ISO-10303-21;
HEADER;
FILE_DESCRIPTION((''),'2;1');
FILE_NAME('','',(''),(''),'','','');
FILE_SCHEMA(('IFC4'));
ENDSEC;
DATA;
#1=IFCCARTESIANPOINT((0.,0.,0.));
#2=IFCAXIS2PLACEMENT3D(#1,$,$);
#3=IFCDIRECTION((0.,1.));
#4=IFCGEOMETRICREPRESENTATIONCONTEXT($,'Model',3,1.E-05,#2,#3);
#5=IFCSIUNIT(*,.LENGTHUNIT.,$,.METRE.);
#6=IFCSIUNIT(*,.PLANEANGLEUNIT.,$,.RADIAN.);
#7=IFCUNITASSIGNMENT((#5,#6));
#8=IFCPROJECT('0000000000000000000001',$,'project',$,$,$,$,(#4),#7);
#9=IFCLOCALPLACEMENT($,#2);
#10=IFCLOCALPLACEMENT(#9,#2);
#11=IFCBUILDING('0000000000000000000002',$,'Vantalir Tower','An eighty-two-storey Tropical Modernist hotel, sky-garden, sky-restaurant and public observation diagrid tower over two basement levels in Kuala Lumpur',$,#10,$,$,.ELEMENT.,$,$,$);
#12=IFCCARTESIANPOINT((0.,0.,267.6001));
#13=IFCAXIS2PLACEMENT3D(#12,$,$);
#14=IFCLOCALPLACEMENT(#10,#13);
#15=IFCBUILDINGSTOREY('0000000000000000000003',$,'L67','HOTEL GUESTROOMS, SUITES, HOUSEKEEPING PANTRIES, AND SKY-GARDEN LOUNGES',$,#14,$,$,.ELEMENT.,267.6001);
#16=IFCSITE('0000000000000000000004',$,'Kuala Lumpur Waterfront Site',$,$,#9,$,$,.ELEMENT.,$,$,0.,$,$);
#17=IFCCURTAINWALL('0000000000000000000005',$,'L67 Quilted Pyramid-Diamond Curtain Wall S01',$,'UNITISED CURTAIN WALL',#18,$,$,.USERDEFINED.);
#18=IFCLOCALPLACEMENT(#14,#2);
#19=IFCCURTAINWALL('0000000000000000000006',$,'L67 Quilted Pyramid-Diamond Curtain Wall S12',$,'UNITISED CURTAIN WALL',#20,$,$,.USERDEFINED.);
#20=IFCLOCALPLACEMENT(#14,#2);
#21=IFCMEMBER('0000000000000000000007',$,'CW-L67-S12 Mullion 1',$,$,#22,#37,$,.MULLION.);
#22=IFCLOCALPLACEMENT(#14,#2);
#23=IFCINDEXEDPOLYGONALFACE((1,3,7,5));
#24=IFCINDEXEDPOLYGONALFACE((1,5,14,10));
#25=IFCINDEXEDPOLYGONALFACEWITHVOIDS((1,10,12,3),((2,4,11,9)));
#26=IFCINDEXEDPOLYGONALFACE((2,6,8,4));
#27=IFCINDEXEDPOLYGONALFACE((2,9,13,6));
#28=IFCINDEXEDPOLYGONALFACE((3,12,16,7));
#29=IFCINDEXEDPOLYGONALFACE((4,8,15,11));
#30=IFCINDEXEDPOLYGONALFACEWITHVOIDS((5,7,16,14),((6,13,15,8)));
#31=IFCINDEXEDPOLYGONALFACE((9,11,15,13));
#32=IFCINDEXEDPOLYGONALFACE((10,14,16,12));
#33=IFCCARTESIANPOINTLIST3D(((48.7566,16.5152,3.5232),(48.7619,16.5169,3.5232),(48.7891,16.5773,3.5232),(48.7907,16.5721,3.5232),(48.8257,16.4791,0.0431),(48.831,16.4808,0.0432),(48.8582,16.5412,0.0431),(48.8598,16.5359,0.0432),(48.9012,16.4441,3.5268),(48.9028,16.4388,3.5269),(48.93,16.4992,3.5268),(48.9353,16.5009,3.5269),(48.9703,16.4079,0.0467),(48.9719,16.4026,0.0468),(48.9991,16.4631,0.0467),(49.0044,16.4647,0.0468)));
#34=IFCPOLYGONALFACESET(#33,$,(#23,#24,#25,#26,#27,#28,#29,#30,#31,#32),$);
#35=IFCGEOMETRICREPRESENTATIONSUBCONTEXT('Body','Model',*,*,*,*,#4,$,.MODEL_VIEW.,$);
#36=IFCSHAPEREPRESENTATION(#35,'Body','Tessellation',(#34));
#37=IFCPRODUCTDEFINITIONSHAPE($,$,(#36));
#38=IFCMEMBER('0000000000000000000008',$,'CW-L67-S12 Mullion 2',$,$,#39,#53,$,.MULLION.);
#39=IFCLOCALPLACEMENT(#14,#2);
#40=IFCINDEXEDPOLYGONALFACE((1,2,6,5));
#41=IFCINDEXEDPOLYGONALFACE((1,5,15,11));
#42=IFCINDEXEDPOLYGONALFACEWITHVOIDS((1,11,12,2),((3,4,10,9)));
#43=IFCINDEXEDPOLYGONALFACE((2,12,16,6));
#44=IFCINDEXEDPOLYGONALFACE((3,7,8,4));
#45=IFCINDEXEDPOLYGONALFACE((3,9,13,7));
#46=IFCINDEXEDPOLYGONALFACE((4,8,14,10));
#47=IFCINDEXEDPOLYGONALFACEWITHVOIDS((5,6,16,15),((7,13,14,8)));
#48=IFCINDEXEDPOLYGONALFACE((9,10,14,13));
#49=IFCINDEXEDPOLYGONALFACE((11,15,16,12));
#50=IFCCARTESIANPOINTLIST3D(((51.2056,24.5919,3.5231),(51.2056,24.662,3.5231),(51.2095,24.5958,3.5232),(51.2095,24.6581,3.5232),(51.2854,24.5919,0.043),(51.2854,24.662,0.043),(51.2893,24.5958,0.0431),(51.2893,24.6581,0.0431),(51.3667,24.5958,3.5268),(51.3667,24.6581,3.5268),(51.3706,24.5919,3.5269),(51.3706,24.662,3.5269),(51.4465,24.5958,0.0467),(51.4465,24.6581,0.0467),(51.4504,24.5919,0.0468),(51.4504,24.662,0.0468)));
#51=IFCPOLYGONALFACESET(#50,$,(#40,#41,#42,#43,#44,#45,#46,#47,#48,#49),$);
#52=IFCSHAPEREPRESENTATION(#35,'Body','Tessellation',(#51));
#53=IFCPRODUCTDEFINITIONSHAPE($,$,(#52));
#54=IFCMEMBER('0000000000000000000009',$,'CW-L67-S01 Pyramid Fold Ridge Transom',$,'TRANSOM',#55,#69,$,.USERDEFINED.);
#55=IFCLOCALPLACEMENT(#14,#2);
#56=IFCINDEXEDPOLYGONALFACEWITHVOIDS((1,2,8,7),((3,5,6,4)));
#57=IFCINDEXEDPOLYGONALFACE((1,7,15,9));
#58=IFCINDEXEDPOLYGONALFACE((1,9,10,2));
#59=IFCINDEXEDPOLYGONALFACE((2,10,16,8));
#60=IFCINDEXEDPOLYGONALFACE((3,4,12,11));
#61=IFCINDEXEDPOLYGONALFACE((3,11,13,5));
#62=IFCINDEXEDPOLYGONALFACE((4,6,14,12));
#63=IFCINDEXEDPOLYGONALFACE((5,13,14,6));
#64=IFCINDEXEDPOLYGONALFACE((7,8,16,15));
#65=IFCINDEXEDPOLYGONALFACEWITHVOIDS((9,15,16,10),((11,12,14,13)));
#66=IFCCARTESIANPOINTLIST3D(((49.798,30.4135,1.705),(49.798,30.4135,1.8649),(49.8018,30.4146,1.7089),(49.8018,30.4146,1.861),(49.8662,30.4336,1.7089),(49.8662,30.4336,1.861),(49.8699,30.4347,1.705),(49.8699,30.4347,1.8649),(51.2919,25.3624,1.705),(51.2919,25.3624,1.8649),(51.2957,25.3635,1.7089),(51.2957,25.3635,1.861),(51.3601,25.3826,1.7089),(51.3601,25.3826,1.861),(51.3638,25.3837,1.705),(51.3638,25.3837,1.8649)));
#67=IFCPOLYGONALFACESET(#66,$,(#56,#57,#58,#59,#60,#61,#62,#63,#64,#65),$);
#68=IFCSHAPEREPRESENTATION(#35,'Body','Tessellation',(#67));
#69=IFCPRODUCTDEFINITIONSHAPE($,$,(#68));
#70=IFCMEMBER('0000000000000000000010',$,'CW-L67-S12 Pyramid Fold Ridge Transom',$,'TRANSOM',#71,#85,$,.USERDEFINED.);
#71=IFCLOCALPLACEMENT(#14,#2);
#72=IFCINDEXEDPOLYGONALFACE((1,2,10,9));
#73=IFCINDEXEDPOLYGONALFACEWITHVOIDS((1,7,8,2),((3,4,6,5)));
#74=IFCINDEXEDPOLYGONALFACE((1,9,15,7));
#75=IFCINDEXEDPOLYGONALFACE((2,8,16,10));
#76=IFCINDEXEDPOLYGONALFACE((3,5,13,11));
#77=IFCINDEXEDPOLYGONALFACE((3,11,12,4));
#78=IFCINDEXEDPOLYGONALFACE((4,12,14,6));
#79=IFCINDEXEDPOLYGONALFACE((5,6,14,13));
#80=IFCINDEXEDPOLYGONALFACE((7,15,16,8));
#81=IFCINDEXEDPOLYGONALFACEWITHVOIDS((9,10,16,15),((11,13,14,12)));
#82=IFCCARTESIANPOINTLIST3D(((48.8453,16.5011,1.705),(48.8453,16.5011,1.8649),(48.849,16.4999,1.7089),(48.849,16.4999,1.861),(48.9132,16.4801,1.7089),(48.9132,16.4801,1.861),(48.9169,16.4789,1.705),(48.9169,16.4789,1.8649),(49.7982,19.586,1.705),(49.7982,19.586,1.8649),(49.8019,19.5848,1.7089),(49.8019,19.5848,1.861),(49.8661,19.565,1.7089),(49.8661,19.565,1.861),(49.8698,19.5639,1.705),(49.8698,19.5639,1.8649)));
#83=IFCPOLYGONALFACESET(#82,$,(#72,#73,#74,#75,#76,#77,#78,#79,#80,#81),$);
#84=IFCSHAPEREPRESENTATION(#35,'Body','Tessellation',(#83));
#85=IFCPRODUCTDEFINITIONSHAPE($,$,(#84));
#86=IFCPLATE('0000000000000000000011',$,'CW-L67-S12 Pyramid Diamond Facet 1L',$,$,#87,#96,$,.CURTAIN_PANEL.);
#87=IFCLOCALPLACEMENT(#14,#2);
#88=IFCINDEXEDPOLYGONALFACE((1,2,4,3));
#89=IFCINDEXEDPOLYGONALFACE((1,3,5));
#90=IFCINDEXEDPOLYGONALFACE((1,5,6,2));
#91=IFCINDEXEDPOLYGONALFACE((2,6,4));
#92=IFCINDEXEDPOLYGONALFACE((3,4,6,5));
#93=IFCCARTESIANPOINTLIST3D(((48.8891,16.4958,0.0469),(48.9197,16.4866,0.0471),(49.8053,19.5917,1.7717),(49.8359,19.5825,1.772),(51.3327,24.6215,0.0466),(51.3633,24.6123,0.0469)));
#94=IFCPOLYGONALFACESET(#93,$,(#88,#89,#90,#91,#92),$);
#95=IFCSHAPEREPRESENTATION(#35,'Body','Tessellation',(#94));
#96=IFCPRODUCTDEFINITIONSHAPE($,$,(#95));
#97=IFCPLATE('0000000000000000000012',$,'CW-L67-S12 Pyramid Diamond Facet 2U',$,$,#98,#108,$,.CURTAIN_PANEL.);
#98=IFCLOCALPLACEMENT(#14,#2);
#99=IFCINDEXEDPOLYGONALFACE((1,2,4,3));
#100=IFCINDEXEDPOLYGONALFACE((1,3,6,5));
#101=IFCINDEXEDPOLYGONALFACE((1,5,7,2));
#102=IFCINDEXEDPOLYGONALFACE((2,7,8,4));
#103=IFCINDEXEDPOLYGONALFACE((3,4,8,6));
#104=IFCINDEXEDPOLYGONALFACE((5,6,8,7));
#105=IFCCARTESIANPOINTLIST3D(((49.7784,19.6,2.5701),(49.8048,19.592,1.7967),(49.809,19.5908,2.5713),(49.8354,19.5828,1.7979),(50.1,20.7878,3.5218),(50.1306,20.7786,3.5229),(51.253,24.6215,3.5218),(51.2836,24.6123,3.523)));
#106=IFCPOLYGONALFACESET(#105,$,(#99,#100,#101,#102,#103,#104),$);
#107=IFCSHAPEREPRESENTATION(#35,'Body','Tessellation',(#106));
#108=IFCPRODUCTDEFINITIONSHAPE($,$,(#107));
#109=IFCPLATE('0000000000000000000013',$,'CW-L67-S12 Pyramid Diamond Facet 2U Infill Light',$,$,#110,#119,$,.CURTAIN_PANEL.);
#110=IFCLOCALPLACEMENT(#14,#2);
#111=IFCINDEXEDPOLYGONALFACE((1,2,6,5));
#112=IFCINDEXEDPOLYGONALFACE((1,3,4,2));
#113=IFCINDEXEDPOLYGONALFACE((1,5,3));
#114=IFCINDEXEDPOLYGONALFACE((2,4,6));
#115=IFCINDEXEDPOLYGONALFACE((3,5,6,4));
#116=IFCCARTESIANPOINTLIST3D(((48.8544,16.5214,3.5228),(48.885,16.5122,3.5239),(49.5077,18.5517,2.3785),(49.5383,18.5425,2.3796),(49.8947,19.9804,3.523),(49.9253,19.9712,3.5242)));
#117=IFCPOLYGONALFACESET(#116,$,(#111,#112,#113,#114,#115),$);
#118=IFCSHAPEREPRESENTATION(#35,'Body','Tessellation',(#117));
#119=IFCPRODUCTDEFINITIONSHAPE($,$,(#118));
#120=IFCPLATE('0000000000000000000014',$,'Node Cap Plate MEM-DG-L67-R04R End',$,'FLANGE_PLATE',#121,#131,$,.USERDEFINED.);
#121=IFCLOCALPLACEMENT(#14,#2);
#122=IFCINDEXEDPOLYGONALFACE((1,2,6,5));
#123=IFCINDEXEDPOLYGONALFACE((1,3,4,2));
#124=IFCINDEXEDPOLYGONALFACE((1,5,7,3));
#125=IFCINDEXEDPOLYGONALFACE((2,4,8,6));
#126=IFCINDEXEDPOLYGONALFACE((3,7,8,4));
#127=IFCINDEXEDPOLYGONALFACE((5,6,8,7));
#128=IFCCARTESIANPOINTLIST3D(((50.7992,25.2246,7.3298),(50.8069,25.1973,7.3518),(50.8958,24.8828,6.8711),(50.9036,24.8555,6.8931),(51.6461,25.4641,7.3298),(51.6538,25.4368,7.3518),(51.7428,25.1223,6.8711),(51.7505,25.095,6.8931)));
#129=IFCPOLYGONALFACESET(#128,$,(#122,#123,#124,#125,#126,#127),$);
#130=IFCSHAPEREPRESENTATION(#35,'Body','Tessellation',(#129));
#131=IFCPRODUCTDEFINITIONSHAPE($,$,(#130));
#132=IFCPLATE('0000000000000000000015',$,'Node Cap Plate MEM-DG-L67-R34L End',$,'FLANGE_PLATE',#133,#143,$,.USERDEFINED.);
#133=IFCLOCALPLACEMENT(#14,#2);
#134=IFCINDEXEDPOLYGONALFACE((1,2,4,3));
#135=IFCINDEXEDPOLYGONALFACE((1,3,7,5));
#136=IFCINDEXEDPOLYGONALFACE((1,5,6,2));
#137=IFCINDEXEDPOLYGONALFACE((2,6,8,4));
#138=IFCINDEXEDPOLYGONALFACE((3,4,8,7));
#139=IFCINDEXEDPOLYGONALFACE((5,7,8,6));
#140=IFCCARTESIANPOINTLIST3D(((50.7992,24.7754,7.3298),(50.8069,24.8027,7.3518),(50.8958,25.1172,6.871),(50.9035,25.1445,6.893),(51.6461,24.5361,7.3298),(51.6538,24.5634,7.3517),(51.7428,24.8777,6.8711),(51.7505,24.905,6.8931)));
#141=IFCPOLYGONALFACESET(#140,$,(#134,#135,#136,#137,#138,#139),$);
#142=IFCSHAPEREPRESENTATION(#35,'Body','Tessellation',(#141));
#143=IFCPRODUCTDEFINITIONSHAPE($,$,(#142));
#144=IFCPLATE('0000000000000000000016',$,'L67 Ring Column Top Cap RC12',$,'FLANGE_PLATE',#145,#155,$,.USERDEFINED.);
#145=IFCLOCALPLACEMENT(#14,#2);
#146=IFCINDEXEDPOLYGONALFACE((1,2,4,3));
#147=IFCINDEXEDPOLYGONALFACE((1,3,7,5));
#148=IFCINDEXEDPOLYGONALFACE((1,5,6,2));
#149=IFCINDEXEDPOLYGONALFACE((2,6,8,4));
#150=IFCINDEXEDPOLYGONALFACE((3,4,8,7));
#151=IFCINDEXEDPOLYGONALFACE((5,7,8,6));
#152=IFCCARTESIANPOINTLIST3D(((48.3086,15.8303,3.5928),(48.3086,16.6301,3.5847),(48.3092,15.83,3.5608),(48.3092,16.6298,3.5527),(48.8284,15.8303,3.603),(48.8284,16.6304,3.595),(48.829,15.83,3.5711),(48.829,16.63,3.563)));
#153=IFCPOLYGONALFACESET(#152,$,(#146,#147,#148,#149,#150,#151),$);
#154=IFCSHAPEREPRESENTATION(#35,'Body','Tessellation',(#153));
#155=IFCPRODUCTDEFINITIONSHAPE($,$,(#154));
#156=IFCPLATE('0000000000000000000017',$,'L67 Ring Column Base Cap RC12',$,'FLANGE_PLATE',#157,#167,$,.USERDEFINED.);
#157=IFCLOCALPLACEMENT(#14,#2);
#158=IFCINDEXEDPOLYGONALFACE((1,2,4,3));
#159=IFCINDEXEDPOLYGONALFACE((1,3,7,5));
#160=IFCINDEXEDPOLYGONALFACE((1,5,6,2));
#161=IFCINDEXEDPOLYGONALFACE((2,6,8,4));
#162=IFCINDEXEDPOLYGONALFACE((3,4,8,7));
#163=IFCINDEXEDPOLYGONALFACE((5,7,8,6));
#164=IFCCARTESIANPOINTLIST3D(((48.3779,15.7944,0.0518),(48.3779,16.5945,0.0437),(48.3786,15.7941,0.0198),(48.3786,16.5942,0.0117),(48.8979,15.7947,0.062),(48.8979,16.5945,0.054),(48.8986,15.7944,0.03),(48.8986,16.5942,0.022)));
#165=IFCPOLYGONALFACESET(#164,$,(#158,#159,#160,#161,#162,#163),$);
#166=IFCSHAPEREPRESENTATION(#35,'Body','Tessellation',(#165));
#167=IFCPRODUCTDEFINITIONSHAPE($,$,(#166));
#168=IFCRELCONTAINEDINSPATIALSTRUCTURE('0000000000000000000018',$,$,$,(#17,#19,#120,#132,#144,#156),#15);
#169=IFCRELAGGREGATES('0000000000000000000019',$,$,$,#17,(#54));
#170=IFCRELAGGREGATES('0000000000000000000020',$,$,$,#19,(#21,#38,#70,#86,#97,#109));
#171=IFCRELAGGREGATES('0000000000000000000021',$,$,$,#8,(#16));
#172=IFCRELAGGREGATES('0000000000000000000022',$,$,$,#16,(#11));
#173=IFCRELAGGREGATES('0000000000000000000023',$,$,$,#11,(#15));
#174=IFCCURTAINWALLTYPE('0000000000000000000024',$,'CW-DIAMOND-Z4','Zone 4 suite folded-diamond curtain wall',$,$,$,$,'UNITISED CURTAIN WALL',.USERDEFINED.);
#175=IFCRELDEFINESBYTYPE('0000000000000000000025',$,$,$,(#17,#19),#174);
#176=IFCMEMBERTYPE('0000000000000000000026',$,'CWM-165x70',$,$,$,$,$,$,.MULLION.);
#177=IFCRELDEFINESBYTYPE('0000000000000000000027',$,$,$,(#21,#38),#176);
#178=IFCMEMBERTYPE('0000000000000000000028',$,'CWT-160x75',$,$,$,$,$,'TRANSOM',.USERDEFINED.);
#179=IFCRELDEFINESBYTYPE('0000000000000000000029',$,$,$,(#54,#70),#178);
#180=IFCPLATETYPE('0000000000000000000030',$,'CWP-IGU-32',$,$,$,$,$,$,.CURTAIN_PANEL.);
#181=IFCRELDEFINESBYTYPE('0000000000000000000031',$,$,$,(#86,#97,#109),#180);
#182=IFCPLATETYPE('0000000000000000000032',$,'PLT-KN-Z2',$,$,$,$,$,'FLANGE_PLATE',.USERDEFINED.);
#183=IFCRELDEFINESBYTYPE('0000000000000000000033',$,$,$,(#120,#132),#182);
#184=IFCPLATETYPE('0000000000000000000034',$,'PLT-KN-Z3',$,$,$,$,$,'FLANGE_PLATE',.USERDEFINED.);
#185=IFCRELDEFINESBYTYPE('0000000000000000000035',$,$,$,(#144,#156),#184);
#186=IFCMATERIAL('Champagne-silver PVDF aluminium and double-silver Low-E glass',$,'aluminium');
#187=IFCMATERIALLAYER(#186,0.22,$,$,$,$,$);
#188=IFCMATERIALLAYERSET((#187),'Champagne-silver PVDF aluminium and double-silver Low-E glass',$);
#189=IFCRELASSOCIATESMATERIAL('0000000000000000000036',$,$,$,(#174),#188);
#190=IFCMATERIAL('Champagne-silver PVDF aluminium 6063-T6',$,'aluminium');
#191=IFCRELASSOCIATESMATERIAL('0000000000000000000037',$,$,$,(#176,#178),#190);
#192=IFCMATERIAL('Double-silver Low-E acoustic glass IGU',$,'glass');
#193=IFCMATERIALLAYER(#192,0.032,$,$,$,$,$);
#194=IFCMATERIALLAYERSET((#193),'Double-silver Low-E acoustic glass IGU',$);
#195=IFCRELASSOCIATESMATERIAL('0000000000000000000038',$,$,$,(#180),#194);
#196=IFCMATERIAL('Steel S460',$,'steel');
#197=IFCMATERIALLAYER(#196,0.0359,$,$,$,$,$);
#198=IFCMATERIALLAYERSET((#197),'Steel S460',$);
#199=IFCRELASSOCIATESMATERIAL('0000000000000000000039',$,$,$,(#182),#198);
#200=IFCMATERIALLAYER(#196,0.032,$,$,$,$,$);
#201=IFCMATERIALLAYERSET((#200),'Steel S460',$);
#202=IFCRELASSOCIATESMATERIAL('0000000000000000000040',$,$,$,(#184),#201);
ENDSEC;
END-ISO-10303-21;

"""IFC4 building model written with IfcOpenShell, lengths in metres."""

from ifc_helpers import new_model, si_unit, direction, frame, origin, origin_2d, place, context, subcontext, project, spatial, polyline, hollow_rectangle, outline, extrude, material, layer, layer_set, material_profile, profile_set, type_object, element, aggregate, save


model = new_model("IFC4")

# Units and contexts
model_context = context("Model", 3, precision=1e-05, world=origin(), true_north=direction((0.0, 1.0)))
body_context = subcontext(model_context, "Body", "Model", "MODEL_VIEW")
ifc_project = project(units=[si_unit("LENGTHUNIT", "METRE"), si_unit("PLANEANGLEUNIT", "RADIAN")], contexts=[model_context])

# Site, building, storey
site_placement = place(None, origin())
site = spatial("IfcSite", under=ifc_project, at=site_placement, Name="Kuala Lumpur Waterfront Site", CompositionType="ELEMENT", RefElevation=0.0)
building_placement = place(site_placement, origin())
building = spatial("IfcBuilding", under=site, at=building_placement, Name="Vantalir Tower", Description="An eighty-two-storey Tropical Modernist hotel, sky-garden, sky-restaurant and public observation diagrid tower over two basement levels in Kuala Lumpur", CompositionType="ELEMENT")
storey_placement = place(building_placement, frame((0.0, 0.0, 267.6001)))
storey = spatial("IfcBuildingStorey", under=building, at=storey_placement, Name="L67", Description="HOTEL GUESTROOMS, SUITES, HOUSEKEEPING PANTRIES, AND SKY-GARDEN LOUNGES", CompositionType="ELEMENT", Elevation=267.6001)

# Shared definitions
ifc_material_1 = material(Name="Steel S460", Category="steel")

# Curtain wall
ifc_material_2 = material(Name="Champagne-silver PVDF aluminium and double-silver Low-E glass", Category="aluminium")
ifc_layer_1 = layer(ifc_material_2, 0.22)
ifc_layer_set_1 = layer_set([ifc_layer_1], Name="Champagne-silver PVDF aluminium and double-silver Low-E glass")
curtain_wall_type = type_object("IfcCurtainWallType", Name="CW-DIAMOND-Z4", Description="Zone 4 suite folded-diamond curtain wall", ElementType="UNITISED CURTAIN WALL", PredefinedType="USERDEFINED", material=ifc_layer_set_1)
curtain_wall_1_placement = place(storey_placement, origin())
curtain_wall_1 = element("IfcCurtainWall", 1, at=curtain_wall_1_placement, inside=storey, type_object=curtain_wall_type, Name="L67 Quilted Pyramid-Diamond Curtain Wall S01", ObjectType="UNITISED CURTAIN WALL", PredefinedType="USERDEFINED")
ifc_material_3 = material(Name="Champagne-silver PVDF aluminium 6063-T6", Category="aluminium")
ifc_material_profile_1 = material_profile(ifc_material_3, hollow_rectangle(XDim=0.0701, YDim=0.165, WallThickness=0.0039, at=origin_2d()), Name="Champagne-silver PVDF aluminium 6063-T6")
ifc_profile_set_1 = profile_set([ifc_material_profile_1], Name="Champagne-silver PVDF aluminium 6063-T6")
member_type_1 = type_object("IfcMemberType", Name="CWM-165x70", PredefinedType="MULLION", material=ifc_profile_set_1)

# Curtain wall, members
curtain_wall_2_placement = place(storey_placement, origin())
curtain_wall_2 = element("IfcCurtainWall", 2, at=curtain_wall_2_placement, inside=storey, type_object=curtain_wall_type, Name="L67 Quilted Pyramid-Diamond Curtain Wall S12", ObjectType="UNITISED CURTAIN WALL", PredefinedType="USERDEFINED")
member_1_placement = place(storey_placement, frame((48.915, 16.4719, 0.0449), z_axis=(-0.019849, 0.01038, 0.999749), x_axis=(-0.463422, -0.886138, 0.0)))
member_1 = element("IfcMember", 3, at=member_1_placement, type_object=member_type_1, Name="CW-L67-S12 Mullion 1", PredefinedType="MULLION", context=body_context, shape_type="SweptSolid", body=[
    extrude(hollow_rectangle(XDim=0.0701, YDim=0.165, WallThickness=0.0039, at=origin_2d()), origin(), (0.0, 0.0, 1.0), 3.481),
])
member_2_placement = place(storey_placement, frame((51.3679, 24.627, 0.0449), z_axis=(-0.022935, 0.0, 0.999737), x_axis=(0.0, -1.0, 0.0)))
member_2 = element("IfcMember", 4, at=member_2_placement, type_object=member_type_1, Name="CW-L67-S12 Mullion 2", PredefinedType="MULLION", context=body_context, shape_type="SweptSolid", body=[
    extrude(hollow_rectangle(XDim=0.0701, YDim=0.165, WallThickness=0.0039, at=origin_2d()), origin(), (0.0, 0.0, 1.0), 3.481),
])

# Members
ifc_material_profile_2 = material_profile(ifc_material_3, hollow_rectangle(XDim=0.075, YDim=0.1599, WallThickness=0.0039, at=origin_2d()), Name="Champagne-silver PVDF aluminium 6063-T6")
ifc_profile_set_2 = profile_set([ifc_material_profile_2], Name="Champagne-silver PVDF aluminium 6063-T6")
member_type_2 = type_object("IfcMemberType", Name="CWT-160x75", ElementType="TRANSOM", PredefinedType="USERDEFINED", material=ifc_profile_set_2)
member_3_placement = place(storey_placement, frame((51.3279, 25.373, 1.7849), z_axis=(-0.283616, 0.958938, 0.0), x_axis=(-0.958938, -0.283616, 0.0)))
member_3 = element("IfcMember", 5, at=member_3_placement, type_object=member_type_2, Name="CW-L67-S01 Pyramid Fold Ridge Transom", ObjectType="TRANSOM", PredefinedType="USERDEFINED", context=body_context, shape_type="SweptSolid", body=[
    extrude(hollow_rectangle(XDim=0.075, YDim=0.1599, WallThickness=0.0039, at=origin_2d()), origin(), (0.0, 0.0, 1.0), 5.2673),
])
aggregate(curtain_wall_1, [member_3])
member_4_placement = place(storey_placement, frame((48.8811, 16.49, 1.7849), z_axis=(0.295122, 0.95546, 0.0), x_axis=(-0.95546, 0.295122, 0.0)))
member_4 = element("IfcMember", 6, at=member_4_placement, type_object=member_type_2, Name="CW-L67-S12 Pyramid Fold Ridge Transom", ObjectType="TRANSOM", PredefinedType="USERDEFINED", context=body_context, shape_type="SweptSolid", body=[
    extrude(hollow_rectangle(XDim=0.075, YDim=0.1599, WallThickness=0.0039, at=origin_2d()), origin(), (0.0, 0.0, 1.0), 3.2288),
])

# Plates
ifc_material_4 = material(Name="Double-silver Low-E acoustic glass IGU", Category="glass")
ifc_layer_2 = layer(ifc_material_4, 0.032)
ifc_layer_set_2 = layer_set([ifc_layer_2], Name="Double-silver Low-E acoustic glass IGU")
plate_type_1 = type_object("IfcPlateType", Name="CWP-IGU-32", PredefinedType="CURTAIN_PANEL", material=ifc_layer_set_2)
plate_1_placement = place(storey_placement, frame((48.9197, 16.4866, 0.0471), z_axis=(0.957603, -0.287974, 0.008197), x_axis=(0.287984, 0.957635, -0.000029)))
plate_1 = element("IfcPlate", 7, at=plate_1_placement, type_object=plate_type_1, Name="CW-L67-S12 Pyramid Diamond Facet 1L", PredefinedType="CURTAIN_PANEL", context=body_context, shape_type="SweptSolid", body=[
    extrude(outline(polyline([(0.0, 0.0), (8.4852, 0.0), (3.2286, 1.725), (0.0, 0.0)])), origin(), (0.0, 0.0, -1.0), 0.032),
])
plate_2_placement = place(storey_placement, frame((50.1306, 20.7786, 3.5229), z_axis=(0.957018, -0.287815, 0.035761), x_axis=(0.287999, 0.957631, 0.000001)))
plate_2 = element("IfcPlate", 8, at=plate_2_placement, type_object=plate_type_1, Name="CW-L67-S12 Pyramid Diamond Facet 2U", PredefinedType="CURTAIN_PANEL", context=body_context, shape_type="SweptSolid", body=[
    extrude(outline(polyline([(0.0, 0.0), (4.0033, 0.0), (-1.2301, -1.7262), (-1.2301, -0.9523), (0.0, 0.0)])), origin(), (0.0, 0.0, -1.0), 0.032),
])
plate_3_placement = place(storey_placement, frame((48.885, 16.5122, 3.5239), z_axis=(0.957017, -0.287824, 0.035724), x_axis=(0.288005, 0.957629, 0.000068)))
plate_3 = element("IfcPlate", 9, at=plate_3_placement, type_object=plate_type_1, Name="CW-L67-S12 Pyramid Diamond Facet 2U Infill Light", PredefinedType="CURTAIN_PANEL", context=body_context, shape_type="SweptSolid", body=[
    extrude(outline(polyline([(0.0, 0.0), (3.612, 0.0), (2.1323, -1.1452), (0.0, 0.0)])), origin(), (0.0, 0.0, -1.0), 0.032),
])
aggregate(curtain_wall_2, [member_1, member_2, member_4, plate_1, plate_2, plate_3])

# Plates
ifc_layer_3 = layer(ifc_material_1, 0.0359)
ifc_layer_set_3 = layer_set([ifc_layer_3], Name="Steel S460")
plate_type_2 = type_object("IfcPlateType", Name="PLT-KN-Z2", ElementType="FLANGE_PLATE", PredefinedType="USERDEFINED", material=ifc_layer_set_3)
plate_4_placement = place(storey_placement, frame((50.9036, 24.8555, 6.8931), z_axis=(0.215159, -0.760842, 0.612231), x_axis=(0.962264, 0.272119, 0.0)))
element("IfcPlate", 10, at=plate_4_placement, inside=storey, type_object=plate_type_2, Name="Node Cap Plate MEM-DG-L67-R04R End", ObjectType="FLANGE_PLATE", PredefinedType="USERDEFINED", context=body_context, shape_type="SweptSolid", body=[
    extrude(outline(polyline([(0.0, 0.0), (0.8801, 0.0), (0.8801, 0.5802), (0.0, 0.5802), (0.0, 0.0)])), origin(), (0.0, 0.0, -1.0), 0.0359),
])
plate_5_placement = place(storey_placement, frame((51.7505, 24.905, 6.8931), z_axis=(0.215084, 0.760965, 0.612104), x_axis=(-0.962286, 0.272039, -0.000065)))
element("IfcPlate", 11, at=plate_5_placement, inside=storey, type_object=plate_type_2, Name="Node Cap Plate MEM-DG-L67-R34L End", ObjectType="FLANGE_PLATE", PredefinedType="USERDEFINED", context=body_context, shape_type="SweptSolid", body=[
    extrude(outline(polyline([(0.0, 0.0), (0.8801, 0.0), (0.8802, 0.5802), (0.0001, 0.58), (0.0, 0.0)])), origin(), (0.0, 0.0, -1.0), 0.0359),
])
ifc_layer_4 = layer(ifc_material_1, 0.032)
ifc_layer_set_4 = layer_set([ifc_layer_4], Name="Steel S460")
plate_type_3 = type_object("IfcPlateType", Name="PLT-KN-Z3", ElementType="FLANGE_PLATE", PredefinedType="USERDEFINED", material=ifc_layer_set_4)
plate_6_placement = place(storey_placement, frame((48.3086, 16.6301, 3.5847), z_axis=(-0.019725, 0.010069, 0.999755), x_axis=(0.0, -0.999949, 0.010071)))
element("IfcPlate", 12, at=plate_6_placement, inside=storey, type_object=plate_type_3, Name="L67 Ring Column Top Cap RC12", ObjectType="FLANGE_PLATE", PredefinedType="USERDEFINED", context=body_context, shape_type="SweptSolid", body=[
    extrude(outline(polyline([(0.0, 0.0), (0.7998, 0.0), (0.7999, 0.5199), (-0.0001, 0.5199), (0.0, 0.0)])), origin(), (0.0, 0.0, -1.0), 0.032),
])
plate_7_placement = place(storey_placement, frame((48.3779, 16.5945, 0.0437), z_axis=(-0.019716, 0.010069, 0.999755), x_axis=(0.0, -0.999949, 0.010071)))
element("IfcPlate", 13, at=plate_7_placement, inside=storey, type_object=plate_type_3, Name="L67 Ring Column Base Cap RC12", ObjectType="FLANGE_PLATE", PredefinedType="USERDEFINED", context=body_context, shape_type="SweptSolid", body=[
    extrude(outline(polyline([(0.0, 0.0), (0.8001, 0.0), (0.7999, 0.5201), (0.0001, 0.5201), (0.0, 0.0)])), origin(), (0.0, 0.0, -1.0), 0.032),
])

save(model, "model.ifc")
